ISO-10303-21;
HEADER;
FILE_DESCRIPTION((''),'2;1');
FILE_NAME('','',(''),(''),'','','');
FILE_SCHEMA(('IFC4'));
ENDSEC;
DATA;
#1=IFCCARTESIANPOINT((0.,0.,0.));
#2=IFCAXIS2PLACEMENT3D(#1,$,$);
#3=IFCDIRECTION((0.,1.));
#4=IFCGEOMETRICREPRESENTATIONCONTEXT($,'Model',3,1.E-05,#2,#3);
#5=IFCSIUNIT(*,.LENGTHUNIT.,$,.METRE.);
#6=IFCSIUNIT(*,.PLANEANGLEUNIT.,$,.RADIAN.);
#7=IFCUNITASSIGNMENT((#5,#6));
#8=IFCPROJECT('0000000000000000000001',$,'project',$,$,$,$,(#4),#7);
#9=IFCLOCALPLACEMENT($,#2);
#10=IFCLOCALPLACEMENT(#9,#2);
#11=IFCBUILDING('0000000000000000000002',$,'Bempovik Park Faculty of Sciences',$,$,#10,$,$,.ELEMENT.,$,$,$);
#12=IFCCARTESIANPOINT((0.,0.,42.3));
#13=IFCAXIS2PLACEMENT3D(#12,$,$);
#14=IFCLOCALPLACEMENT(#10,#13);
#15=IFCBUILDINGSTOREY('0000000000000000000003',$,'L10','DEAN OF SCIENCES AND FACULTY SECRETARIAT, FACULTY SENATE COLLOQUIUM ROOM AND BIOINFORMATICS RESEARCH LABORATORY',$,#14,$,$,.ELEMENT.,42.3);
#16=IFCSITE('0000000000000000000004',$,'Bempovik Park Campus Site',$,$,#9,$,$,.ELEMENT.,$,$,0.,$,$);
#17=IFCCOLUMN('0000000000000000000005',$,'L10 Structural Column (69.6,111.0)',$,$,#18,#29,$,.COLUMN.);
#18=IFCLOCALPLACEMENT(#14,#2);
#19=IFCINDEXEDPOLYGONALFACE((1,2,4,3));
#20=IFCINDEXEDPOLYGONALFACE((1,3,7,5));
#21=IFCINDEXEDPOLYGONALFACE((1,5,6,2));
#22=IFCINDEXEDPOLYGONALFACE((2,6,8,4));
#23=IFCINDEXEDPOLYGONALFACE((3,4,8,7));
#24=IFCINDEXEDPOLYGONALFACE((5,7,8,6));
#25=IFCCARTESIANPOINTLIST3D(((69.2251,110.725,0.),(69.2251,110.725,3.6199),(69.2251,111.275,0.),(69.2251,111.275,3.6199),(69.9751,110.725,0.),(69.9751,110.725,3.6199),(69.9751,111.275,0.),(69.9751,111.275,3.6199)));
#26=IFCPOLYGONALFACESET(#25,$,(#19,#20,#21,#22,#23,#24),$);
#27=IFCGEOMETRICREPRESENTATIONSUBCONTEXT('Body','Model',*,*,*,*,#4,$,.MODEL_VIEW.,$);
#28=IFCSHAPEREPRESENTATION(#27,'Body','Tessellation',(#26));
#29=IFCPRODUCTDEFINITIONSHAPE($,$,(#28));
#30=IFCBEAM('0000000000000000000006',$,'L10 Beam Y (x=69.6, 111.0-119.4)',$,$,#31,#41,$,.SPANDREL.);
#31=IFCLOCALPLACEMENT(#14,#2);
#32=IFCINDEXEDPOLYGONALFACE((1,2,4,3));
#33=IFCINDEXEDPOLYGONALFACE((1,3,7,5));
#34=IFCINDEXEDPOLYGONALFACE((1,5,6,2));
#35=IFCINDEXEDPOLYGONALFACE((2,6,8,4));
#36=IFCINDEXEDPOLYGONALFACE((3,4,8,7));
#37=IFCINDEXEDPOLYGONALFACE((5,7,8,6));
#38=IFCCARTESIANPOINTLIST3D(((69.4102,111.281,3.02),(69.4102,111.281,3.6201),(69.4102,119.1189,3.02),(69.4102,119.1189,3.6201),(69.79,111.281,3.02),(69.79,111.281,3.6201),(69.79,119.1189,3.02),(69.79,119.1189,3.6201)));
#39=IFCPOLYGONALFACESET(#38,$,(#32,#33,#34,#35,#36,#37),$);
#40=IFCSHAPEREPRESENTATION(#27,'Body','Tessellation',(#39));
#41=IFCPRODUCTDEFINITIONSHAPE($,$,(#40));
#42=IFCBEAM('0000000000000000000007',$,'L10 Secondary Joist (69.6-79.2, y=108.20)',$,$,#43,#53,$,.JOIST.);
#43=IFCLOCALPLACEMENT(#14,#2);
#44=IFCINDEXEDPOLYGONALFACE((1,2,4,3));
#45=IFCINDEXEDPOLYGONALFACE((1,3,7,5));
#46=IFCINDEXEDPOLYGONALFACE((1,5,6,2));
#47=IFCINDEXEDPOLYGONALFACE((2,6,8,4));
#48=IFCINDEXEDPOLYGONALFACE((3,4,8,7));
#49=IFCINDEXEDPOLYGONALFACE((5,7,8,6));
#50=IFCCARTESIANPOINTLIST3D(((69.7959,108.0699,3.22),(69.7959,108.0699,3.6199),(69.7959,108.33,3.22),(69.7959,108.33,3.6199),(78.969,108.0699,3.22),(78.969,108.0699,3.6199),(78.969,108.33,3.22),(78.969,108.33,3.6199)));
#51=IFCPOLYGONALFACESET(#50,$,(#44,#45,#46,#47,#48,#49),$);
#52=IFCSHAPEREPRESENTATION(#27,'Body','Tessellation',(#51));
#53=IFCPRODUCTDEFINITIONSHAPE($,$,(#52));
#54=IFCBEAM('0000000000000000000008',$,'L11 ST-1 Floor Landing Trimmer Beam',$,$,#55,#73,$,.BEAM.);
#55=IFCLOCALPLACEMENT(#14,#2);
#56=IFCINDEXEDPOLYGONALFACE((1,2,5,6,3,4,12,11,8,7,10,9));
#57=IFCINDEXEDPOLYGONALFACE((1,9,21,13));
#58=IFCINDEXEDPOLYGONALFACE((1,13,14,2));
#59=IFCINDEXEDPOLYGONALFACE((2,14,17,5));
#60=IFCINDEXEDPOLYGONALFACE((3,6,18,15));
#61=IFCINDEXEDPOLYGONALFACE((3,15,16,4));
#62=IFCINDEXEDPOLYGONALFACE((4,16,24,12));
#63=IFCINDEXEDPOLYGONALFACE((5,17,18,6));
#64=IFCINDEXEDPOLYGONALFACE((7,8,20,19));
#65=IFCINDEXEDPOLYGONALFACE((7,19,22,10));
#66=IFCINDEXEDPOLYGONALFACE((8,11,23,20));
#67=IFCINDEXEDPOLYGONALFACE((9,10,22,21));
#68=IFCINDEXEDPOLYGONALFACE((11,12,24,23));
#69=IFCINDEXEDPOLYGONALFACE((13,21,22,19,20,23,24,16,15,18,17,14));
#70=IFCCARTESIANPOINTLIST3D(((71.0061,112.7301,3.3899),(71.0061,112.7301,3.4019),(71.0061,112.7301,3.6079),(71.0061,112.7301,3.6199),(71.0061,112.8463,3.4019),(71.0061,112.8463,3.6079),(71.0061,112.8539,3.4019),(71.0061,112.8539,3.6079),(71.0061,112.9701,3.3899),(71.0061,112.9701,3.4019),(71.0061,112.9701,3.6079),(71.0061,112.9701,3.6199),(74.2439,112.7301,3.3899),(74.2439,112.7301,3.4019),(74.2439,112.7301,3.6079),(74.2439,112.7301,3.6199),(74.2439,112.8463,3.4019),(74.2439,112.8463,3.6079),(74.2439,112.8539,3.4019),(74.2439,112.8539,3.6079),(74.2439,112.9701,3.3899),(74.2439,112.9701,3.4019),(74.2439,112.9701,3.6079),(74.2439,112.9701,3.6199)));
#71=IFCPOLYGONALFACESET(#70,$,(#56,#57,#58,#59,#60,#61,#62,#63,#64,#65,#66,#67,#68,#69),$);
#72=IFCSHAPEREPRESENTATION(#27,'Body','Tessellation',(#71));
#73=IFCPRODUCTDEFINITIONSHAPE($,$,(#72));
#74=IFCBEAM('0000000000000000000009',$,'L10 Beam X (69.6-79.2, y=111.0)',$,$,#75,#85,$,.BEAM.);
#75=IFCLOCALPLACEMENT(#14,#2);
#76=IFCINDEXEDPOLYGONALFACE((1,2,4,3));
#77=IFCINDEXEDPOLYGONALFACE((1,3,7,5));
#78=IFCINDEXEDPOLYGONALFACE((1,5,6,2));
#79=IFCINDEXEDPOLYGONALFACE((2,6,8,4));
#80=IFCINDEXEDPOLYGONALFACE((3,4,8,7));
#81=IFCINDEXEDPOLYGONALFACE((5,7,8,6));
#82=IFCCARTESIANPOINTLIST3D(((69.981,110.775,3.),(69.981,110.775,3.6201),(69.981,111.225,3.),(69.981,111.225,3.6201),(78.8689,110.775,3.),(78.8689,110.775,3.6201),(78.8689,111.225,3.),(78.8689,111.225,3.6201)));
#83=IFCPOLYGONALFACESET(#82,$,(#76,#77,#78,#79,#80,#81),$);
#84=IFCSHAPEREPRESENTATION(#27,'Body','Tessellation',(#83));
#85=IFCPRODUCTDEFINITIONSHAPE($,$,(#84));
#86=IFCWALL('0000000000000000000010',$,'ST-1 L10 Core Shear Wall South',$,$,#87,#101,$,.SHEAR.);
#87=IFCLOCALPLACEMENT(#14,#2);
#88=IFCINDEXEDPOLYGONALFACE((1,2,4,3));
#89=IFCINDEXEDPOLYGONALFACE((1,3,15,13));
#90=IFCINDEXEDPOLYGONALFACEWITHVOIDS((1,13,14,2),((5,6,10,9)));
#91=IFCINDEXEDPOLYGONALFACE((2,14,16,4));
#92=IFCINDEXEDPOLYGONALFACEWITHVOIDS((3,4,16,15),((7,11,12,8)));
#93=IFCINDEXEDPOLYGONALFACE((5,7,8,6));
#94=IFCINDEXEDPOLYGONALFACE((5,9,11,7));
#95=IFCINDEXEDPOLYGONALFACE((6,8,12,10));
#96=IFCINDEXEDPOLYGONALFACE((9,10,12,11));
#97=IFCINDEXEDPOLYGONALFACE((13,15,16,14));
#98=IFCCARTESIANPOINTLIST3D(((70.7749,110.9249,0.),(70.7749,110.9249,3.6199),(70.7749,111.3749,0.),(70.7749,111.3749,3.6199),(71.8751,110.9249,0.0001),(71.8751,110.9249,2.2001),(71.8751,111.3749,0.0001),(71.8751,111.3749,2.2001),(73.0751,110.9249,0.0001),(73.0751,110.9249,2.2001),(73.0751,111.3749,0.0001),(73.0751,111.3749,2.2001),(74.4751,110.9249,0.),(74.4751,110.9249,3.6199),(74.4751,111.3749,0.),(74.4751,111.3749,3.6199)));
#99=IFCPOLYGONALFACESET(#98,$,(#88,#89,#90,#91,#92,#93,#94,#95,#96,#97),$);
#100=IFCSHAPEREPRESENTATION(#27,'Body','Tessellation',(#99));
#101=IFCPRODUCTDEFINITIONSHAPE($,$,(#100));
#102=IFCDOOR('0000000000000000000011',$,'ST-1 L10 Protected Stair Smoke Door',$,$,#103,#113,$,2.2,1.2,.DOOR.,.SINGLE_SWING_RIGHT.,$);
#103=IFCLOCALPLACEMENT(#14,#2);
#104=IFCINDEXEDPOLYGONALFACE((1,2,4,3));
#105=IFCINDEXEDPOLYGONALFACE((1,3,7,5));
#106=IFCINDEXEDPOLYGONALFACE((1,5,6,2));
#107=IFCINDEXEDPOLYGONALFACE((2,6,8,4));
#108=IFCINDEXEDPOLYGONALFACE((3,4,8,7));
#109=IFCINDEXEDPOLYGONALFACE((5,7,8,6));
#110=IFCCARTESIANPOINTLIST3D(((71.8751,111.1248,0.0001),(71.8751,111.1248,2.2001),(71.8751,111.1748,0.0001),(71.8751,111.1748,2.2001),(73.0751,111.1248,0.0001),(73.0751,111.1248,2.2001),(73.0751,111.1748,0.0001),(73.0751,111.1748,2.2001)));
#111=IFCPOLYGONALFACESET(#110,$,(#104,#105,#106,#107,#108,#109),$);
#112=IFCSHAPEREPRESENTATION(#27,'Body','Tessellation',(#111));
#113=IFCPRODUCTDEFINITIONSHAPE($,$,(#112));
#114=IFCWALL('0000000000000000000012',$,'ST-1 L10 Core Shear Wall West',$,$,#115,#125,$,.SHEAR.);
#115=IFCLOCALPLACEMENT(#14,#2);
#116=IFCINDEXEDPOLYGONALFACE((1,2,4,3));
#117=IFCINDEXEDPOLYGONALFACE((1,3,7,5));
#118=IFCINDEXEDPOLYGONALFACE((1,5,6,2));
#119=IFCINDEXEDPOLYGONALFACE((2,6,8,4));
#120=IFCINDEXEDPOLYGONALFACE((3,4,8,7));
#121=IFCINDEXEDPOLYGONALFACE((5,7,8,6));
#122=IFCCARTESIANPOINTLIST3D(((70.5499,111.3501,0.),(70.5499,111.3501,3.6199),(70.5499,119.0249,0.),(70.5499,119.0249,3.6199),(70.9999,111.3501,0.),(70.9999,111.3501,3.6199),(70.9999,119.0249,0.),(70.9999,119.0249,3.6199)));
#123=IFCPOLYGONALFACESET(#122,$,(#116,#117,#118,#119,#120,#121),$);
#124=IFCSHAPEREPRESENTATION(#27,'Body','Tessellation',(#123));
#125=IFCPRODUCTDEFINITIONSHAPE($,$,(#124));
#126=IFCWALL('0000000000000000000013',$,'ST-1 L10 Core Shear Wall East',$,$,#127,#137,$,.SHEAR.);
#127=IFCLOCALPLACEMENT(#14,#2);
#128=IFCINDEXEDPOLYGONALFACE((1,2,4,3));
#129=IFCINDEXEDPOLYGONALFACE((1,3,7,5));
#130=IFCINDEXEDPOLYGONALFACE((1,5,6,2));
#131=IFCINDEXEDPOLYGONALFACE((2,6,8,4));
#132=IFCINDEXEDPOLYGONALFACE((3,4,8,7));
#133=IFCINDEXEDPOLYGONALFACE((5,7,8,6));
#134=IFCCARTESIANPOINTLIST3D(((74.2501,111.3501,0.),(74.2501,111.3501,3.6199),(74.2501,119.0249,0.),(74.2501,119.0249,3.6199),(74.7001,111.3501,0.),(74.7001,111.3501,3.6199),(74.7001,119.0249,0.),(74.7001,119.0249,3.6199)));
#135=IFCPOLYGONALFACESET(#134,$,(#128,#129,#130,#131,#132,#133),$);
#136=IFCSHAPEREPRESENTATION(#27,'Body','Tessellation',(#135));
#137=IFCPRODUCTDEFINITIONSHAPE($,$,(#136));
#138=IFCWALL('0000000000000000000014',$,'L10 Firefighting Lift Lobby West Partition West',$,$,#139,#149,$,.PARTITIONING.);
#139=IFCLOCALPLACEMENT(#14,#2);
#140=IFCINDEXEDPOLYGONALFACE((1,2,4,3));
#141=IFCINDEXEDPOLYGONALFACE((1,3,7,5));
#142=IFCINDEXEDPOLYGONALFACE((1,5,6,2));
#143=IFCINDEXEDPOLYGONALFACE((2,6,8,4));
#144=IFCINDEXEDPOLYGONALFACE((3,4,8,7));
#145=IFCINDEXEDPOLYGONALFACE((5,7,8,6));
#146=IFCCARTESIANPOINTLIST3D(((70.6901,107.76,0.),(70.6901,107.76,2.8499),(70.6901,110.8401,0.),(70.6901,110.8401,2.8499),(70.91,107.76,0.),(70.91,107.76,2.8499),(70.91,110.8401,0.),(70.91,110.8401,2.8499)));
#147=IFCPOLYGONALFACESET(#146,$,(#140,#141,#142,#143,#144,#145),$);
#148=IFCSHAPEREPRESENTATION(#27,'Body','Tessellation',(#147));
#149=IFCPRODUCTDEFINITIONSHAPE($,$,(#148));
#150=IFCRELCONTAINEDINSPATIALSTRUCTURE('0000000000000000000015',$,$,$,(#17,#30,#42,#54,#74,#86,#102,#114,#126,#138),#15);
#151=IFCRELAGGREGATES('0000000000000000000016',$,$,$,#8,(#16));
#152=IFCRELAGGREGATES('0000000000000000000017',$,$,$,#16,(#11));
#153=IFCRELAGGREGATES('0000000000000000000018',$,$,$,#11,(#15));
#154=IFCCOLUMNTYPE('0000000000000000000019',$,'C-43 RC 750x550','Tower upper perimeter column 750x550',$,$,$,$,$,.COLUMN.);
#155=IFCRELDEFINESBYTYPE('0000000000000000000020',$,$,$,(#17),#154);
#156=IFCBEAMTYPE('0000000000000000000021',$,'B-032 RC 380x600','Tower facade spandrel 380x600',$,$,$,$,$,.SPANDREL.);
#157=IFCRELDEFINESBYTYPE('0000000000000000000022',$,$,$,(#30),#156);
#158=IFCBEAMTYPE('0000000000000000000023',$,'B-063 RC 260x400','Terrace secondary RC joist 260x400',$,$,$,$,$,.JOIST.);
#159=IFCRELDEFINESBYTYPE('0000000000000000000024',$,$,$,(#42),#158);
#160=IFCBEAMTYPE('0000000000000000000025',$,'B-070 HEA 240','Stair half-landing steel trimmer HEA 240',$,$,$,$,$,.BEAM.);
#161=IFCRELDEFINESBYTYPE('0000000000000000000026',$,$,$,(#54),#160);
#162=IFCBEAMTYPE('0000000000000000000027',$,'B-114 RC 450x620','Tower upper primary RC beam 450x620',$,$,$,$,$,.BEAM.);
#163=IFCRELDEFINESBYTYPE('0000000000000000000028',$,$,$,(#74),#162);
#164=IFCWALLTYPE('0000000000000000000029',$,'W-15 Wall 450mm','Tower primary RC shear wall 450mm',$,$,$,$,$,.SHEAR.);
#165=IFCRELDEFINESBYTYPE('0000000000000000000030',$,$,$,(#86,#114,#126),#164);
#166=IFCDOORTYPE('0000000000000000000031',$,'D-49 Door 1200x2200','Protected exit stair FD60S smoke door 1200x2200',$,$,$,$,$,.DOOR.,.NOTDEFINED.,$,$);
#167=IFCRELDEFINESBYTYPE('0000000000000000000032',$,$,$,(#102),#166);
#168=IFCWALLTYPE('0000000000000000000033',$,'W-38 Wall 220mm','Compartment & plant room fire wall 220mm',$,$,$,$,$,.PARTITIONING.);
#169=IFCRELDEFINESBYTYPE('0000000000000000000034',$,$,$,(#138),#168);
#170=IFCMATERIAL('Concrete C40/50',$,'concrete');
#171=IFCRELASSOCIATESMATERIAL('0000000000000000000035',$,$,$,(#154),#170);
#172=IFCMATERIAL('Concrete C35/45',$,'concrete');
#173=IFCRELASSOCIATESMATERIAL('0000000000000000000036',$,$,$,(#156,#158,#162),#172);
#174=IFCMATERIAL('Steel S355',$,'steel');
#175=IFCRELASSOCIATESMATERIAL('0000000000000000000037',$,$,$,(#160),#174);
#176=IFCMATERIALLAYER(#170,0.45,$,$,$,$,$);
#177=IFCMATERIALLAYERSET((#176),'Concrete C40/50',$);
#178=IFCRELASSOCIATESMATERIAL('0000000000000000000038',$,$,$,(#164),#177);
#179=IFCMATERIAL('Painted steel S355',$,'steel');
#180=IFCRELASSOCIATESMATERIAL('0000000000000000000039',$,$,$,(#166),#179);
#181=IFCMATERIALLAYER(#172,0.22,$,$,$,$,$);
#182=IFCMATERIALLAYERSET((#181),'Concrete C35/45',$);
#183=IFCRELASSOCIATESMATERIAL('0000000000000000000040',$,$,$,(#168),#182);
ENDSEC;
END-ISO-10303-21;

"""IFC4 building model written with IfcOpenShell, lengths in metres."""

from ifc_helpers import new_model, si_unit, direction, frame, frame_2d, origin, origin_2d, place, context, subcontext, project, spatial, rectangle, i_section, extrude, material, layer, layer_set, material_profile, profile_set, type_object, element, fill, save


model = new_model("IFC4")

# Units and contexts
model_context = context("Model", 3, precision=1e-05, world=origin(), true_north=direction((0.0, 1.0)))
body_context = subcontext(model_context, "Body", "Model", "MODEL_VIEW")
ifc_project = project(units=[si_unit("LENGTHUNIT", "METRE"), si_unit("PLANEANGLEUNIT", "RADIAN")], contexts=[model_context])

# Site, building, storey
site_placement = place(None, origin())
site = spatial("IfcSite", under=ifc_project, at=site_placement, Name="Bempovik Park Campus Site", CompositionType="ELEMENT", RefElevation=0.0)
building_placement = place(site_placement, origin())
building = spatial("IfcBuilding", under=site, at=building_placement, Name="Bempovik Park Faculty of Sciences", CompositionType="ELEMENT")
storey_placement = place(building_placement, frame((0.0, 0.0, 42.3)))
storey = spatial("IfcBuildingStorey", under=building, at=storey_placement, Name="L10", Description="DEAN OF SCIENCES AND FACULTY SECRETARIAT, FACULTY SENATE COLLOQUIUM ROOM AND BIOINFORMATICS RESEARCH LABORATORY", CompositionType="ELEMENT", Elevation=42.3)

# Column
ifc_material_1 = material(Name="Concrete C40/50", Category="concrete")
ifc_material_profile_1 = material_profile(ifc_material_1, rectangle(XDim=0.75, YDim=0.55, at=origin_2d()), Name="RC 750x550")
ifc_profile_set_1 = profile_set([ifc_material_profile_1], Name="Concrete C40/50")
column_type = type_object("IfcColumnType", Name="C-43 RC 750x550", Description="Tower upper perimeter column 750x550", PredefinedType="COLUMN", material=ifc_profile_set_1)
column_placement = place(storey_placement, frame((69.6001, 111.0, 0.0), z_axis=(0.0, 0.0, 1.0), x_axis=(1.0, 0.0, 0.0)))
element("IfcColumn", 1, at=column_placement, inside=storey, type_object=column_type, Name="L10 Structural Column (69.6,111.0)", PredefinedType="COLUMN", context=body_context, shape_type="SweptSolid", body=[
    extrude(rectangle(XDim=0.75, YDim=0.55, at=origin_2d()), origin(), (0.0, 0.0, 1.0), 3.6199),
])

# Beams
ifc_material_2 = material(Name="Concrete C35/45", Category="concrete")
ifc_material_profile_2 = material_profile(ifc_material_2, rectangle(XDim=0.3799, YDim=0.6001, at=origin_2d()), Name="RC 380x600")
ifc_profile_set_2 = profile_set([ifc_material_profile_2], Name="Concrete C35/45")
beam_type_1 = type_object("IfcBeamType", Name="B-032 RC 380x600", Description="Tower facade spandrel 380x600", PredefinedType="SPANDREL", material=ifc_profile_set_2)
beam_1_placement = place(storey_placement, frame((69.6001, 111.281, 3.3201), z_axis=(0.0, 1.0, 0.0), x_axis=(-1.0, 0.0, 0.0)))
element("IfcBeam", 2, at=beam_1_placement, inside=storey, type_object=beam_type_1, Name="L10 Beam Y (x=69.6, 111.0-119.4)", PredefinedType="SPANDREL", context=body_context, shape_type="SweptSolid", body=[
    extrude(rectangle(XDim=0.3799, YDim=0.6001, at=origin_2d()), origin(), (0.0, 0.0, 1.0), 7.8379),
])
ifc_material_profile_3 = material_profile(ifc_material_2, rectangle(XDim=0.26, YDim=0.3999, at=origin_2d()), Name="RC 260x400")
ifc_profile_set_3 = profile_set([ifc_material_profile_3], Name="Concrete C35/45")
beam_type_2 = type_object("IfcBeamType", Name="B-063 RC 260x400", Description="Terrace secondary RC joist 260x400", PredefinedType="JOIST", material=ifc_profile_set_3)
beam_2_placement = place(storey_placement, frame((69.7959, 108.2, 3.4199), z_axis=(1.0, 0.0, 0.0), x_axis=(0.0, 1.0, 0.0)))
element("IfcBeam", 3, at=beam_2_placement, inside=storey, type_object=beam_type_2, Name="L10 Secondary Joist (69.6-79.2, y=108.20)", PredefinedType="JOIST", context=body_context, shape_type="SweptSolid", body=[
    extrude(rectangle(XDim=0.26, YDim=0.3999, at=origin_2d()), origin(), (0.0, 0.0, 1.0), 9.1731),
])
ifc_material_3 = material(Name="Steel S355", Category="steel")
ifc_material_profile_4 = material_profile(ifc_material_3, i_section(OverallWidth=0.24, OverallDepth=0.23, WebThickness=0.0076, FlangeThickness=0.012, at=origin_2d()), Name="HEA 240")
ifc_profile_set_4 = profile_set([ifc_material_profile_4], Name="Steel S355")
beam_type_3 = type_object("IfcBeamType", Name="B-070 HEA 240", Description="Stair half-landing steel trimmer HEA 240", PredefinedType="BEAM", material=ifc_profile_set_4)
beam_3_placement = place(storey_placement, frame((71.0061, 112.8501, 3.5049), z_axis=(1.0, 0.0, 0.0), x_axis=(0.0, 1.0, 0.0)))
element("IfcBeam", 4, at=beam_3_placement, inside=storey, type_object=beam_type_3, Name="L11 ST-1 Floor Landing Trimmer Beam", PredefinedType="BEAM", context=body_context, shape_type="SweptSolid", body=[
    extrude(i_section(OverallWidth=0.24, OverallDepth=0.23, WebThickness=0.0076, FlangeThickness=0.012, at=origin_2d()), origin(), (0.0, 0.0, 1.0), 3.2378),
])
ifc_material_profile_5 = material_profile(ifc_material_2, rectangle(XDim=0.45, YDim=0.6201, at=origin_2d()), Name="RC 450x620")
ifc_profile_set_5 = profile_set([ifc_material_profile_5], Name="Concrete C35/45")
beam_type_4 = type_object("IfcBeamType", Name="B-114 RC 450x620", Description="Tower upper primary RC beam 450x620", PredefinedType="BEAM", material=ifc_profile_set_5)
beam_4_placement = place(storey_placement, frame((69.981, 111.0, 3.3101), z_axis=(1.0, 0.0, 0.0), x_axis=(0.0, 1.0, 0.0)))
element("IfcBeam", 5, at=beam_4_placement, inside=storey, type_object=beam_type_4, Name="L10 Beam X (69.6-79.2, y=111.0)", PredefinedType="BEAM", context=body_context, shape_type="SweptSolid", body=[
    extrude(rectangle(XDim=0.45, YDim=0.6201, at=origin_2d()), origin(), (0.0, 0.0, 1.0), 8.8879),
])

# Wall, opening, door
ifc_layer_1 = layer(ifc_material_1, 0.45)
ifc_layer_set_1 = layer_set([ifc_layer_1], Name="Concrete C40/50")
wall_type_1 = type_object("IfcWallType", Name="W-15 Wall 450mm", Description="Tower primary RC shear wall 450mm", PredefinedType="SHEAR", material=ifc_layer_set_1)
wall_1_placement = place(storey_placement, frame((70.7749, 111.1499, 0.0), z_axis=(0.0, 0.0, 1.0), x_axis=(1.0, 0.0, 0.0)))
wall_1 = element("IfcWall", 6, at=wall_1_placement, inside=storey, type_object=wall_type_1, Name="ST-1 L10 Core Shear Wall South", PredefinedType="SHEAR", context=body_context, shape_type="SweptSolid", body=[
    extrude(rectangle(XDim=3.7002, YDim=0.45, at=frame_2d((1.8501, 0.0))), origin(), (0.0, 0.0, 1.0), 3.6199),
])
opening_1_placement = place(wall_1_placement, frame((1.1001, 0.0, 0.0)))
opening_1 = element("IfcOpeningElement", 7, at=opening_1_placement, cuts=wall_1, PredefinedType="OPENING", context=body_context, shape_type="SweptSolid", body=[
    extrude(rectangle(XDim=1.2, YDim=2.2, at=frame_2d((0.6001, 1.1001))), frame((0.0, 0.2349, 0.0), z_axis=(0.0, -1.0, 0.0), x_axis=(1.0, 0.0, 0.0)), (0.0, 0.0, 1.0), 0.47),
])
ifc_material_4 = material(Name="Painted steel S355", Category="steel")
door_type = type_object("IfcDoorType", Name="D-49 Door 1200x2200", Description="Protected exit stair FD60S smoke door 1200x2200", OperationType="NOTDEFINED", PredefinedType="DOOR", material=ifc_material_4)
door_placement = place(opening_1_placement, origin())
door = element("IfcDoor", 8, at=door_placement, inside=storey, type_object=door_type, Name="ST-1 L10 Protected Stair Smoke Door", OperationType="SINGLE_SWING_RIGHT", OverallHeight=2.2, OverallWidth=1.2, PredefinedType="DOOR", context=body_context, shape_type="SweptSolid", body=[
    extrude(rectangle(XDim=1.2, YDim=2.2, at=frame_2d((0.6001, 1.1001))), frame((0.0, 0.0249, 0.0), z_axis=(0.0, -1.0, 0.0), x_axis=(1.0, 0.0, 0.0)), (0.0, 0.0, 1.0), 0.05),
])
fill(opening_1, door)

# Walls
for number, where, z_axis, x_axis, name in (
    (9, (70.7749, 111.3501, 0.0), (0.0, 0.0, 1.0), (0.0, 1.0, 0.0), "ST-1 L10 Core Shear Wall West"),
    (10, (74.4751, 111.3501, 0.0), (0.0, 0.0, 1.0), (0.0, 1.0, 0.0), "ST-1 L10 Core Shear Wall East"),
):
    element("IfcWall", number, at=place(storey_placement, frame(where, z_axis=z_axis, x_axis=x_axis)), inside=storey, type_object=wall_type_1, Name=name, PredefinedType="SHEAR", context=body_context, shape_type="SweptSolid", body=[
        extrude(rectangle(XDim=7.6748, YDim=0.45, at=frame_2d((3.8374, 0.0))), origin(), (0.0, 0.0, 1.0), 3.6199),
    ])
ifc_layer_2 = layer(ifc_material_2, 0.22)
ifc_layer_set_2 = layer_set([ifc_layer_2], Name="Concrete C35/45")
wall_type_2 = type_object("IfcWallType", Name="W-38 Wall 220mm", Description="Compartment & plant room fire wall 220mm", PredefinedType="PARTITIONING", material=ifc_layer_set_2)
wall_2_placement = place(storey_placement, frame((70.8, 107.76, 0.0), z_axis=(0.0, 0.0, 1.0), x_axis=(0.0, 1.0, 0.0)))
element("IfcWall", 11, at=wall_2_placement, inside=storey, type_object=wall_type_2, Name="L10 Firefighting Lift Lobby West Partition West", PredefinedType="PARTITIONING", context=body_context, shape_type="SweptSolid", body=[
    extrude(rectangle(XDim=3.0801, YDim=0.22, at=frame_2d((1.54, 0.0))), origin(), (0.0, 0.0, 1.0), 2.8499),
])

save(model, "model.ifc")
